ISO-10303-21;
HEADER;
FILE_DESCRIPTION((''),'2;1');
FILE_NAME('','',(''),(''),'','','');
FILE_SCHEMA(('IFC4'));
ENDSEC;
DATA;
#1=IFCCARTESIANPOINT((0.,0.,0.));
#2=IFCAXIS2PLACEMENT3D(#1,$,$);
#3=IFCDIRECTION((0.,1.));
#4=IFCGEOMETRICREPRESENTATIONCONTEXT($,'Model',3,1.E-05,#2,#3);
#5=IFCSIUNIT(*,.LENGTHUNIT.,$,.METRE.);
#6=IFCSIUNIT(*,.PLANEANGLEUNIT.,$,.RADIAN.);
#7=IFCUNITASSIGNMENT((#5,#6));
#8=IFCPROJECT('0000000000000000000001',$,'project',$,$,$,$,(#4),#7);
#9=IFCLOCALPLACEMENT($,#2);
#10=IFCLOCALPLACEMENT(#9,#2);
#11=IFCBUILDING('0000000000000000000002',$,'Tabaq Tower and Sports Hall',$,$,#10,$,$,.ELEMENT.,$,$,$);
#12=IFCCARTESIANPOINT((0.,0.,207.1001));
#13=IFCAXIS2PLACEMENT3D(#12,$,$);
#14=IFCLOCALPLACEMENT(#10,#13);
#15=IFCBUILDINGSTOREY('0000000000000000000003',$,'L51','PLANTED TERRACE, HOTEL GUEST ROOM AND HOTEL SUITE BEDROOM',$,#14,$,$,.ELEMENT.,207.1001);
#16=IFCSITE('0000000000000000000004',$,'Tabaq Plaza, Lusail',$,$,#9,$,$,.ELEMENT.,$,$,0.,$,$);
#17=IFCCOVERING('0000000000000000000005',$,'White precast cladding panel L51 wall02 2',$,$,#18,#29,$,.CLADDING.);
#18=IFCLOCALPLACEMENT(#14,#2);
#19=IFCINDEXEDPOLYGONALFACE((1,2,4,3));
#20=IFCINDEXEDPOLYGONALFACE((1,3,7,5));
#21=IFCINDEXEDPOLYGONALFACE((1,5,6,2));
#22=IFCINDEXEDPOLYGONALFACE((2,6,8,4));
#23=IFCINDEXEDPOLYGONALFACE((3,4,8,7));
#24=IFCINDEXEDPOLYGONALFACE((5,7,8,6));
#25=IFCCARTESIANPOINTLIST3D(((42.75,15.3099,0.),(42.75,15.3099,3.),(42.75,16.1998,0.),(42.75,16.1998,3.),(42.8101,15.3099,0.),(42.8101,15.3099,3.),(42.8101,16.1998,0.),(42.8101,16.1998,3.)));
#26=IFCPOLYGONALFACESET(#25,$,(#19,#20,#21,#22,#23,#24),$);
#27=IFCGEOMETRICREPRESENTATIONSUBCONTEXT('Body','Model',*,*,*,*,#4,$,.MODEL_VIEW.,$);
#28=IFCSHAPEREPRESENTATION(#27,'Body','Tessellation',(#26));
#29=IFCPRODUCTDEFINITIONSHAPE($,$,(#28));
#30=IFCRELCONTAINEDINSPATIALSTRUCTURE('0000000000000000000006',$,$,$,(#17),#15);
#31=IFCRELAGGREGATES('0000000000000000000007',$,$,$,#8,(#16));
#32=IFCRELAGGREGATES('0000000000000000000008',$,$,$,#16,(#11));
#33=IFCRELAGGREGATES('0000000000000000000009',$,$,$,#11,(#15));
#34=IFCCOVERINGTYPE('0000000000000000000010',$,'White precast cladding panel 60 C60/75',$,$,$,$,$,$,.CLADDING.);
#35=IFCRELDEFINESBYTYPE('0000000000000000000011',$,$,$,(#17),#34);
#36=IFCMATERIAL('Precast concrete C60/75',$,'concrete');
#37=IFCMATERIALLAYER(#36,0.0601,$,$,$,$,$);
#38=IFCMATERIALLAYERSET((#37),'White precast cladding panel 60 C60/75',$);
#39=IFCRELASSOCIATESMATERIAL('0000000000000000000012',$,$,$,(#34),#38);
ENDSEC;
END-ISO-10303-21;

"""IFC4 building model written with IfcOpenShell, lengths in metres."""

from ifc_helpers import new_model, si_unit, direction, frame, frame_2d, origin, place, context, subcontext, project, spatial, rectangle, extrude, material, layer, layer_set, type_object, element, save


model = new_model("IFC4")

# Units and contexts
model_context = context("Model", 3, precision=1e-05, world=origin(), true_north=direction((0.0, 1.0)))
body_context = subcontext(model_context, "Body", "Model", "MODEL_VIEW")
ifc_project = project(units=[si_unit("LENGTHUNIT", "METRE"), si_unit("PLANEANGLEUNIT", "RADIAN")], contexts=[model_context])

# Site, building, storey
site_placement = place(None, origin())
site = spatial("IfcSite", under=ifc_project, at=site_placement, Name="Tabaq Plaza, Lusail", CompositionType="ELEMENT", RefElevation=0.0)
building_placement = place(site_placement, origin())
building = spatial("IfcBuilding", under=site, at=building_placement, Name="Tabaq Tower and Sports Hall", CompositionType="ELEMENT")
storey_placement = place(building_placement, frame((0.0, 0.0, 207.1001)))
storey = spatial("IfcBuildingStorey", under=building, at=storey_placement, Name="L51", Description="PLANTED TERRACE, HOTEL GUEST ROOM AND HOTEL SUITE BEDROOM", CompositionType="ELEMENT", Elevation=207.1001)

# Covering
ifc_material_1 = material(Name="Precast concrete C60/75", Category="concrete")
ifc_layer_1 = layer(ifc_material_1, 0.0601)
ifc_layer_set_1 = layer_set([ifc_layer_1], Name="White precast cladding panel 60 C60/75")
covering_type_1 = type_object("IfcCoveringType", Name="White precast cladding panel 60 C60/75", PredefinedType="CLADDING", material=ifc_layer_set_1)
covering_1_placement = place(storey_placement, frame((42.78, 15.3101, 0.0), z_axis=(0.0, 0.0, 1.0), x_axis=(0.0, 1.0, 0.0)))
element("IfcCovering", 1, at=covering_1_placement, inside=storey, type_object=covering_type_1, Name="White precast cladding panel L51 wall02 2", PredefinedType="CLADDING", context=body_context, shape_type="SweptSolid", body=[
    extrude(rectangle(XDim=0.8899, YDim=0.0601, at=frame_2d((0.4448, 0.0))), origin(), (0.0, 0.0, 1.0), 3.0),
])

save(model, "model.ifc")
